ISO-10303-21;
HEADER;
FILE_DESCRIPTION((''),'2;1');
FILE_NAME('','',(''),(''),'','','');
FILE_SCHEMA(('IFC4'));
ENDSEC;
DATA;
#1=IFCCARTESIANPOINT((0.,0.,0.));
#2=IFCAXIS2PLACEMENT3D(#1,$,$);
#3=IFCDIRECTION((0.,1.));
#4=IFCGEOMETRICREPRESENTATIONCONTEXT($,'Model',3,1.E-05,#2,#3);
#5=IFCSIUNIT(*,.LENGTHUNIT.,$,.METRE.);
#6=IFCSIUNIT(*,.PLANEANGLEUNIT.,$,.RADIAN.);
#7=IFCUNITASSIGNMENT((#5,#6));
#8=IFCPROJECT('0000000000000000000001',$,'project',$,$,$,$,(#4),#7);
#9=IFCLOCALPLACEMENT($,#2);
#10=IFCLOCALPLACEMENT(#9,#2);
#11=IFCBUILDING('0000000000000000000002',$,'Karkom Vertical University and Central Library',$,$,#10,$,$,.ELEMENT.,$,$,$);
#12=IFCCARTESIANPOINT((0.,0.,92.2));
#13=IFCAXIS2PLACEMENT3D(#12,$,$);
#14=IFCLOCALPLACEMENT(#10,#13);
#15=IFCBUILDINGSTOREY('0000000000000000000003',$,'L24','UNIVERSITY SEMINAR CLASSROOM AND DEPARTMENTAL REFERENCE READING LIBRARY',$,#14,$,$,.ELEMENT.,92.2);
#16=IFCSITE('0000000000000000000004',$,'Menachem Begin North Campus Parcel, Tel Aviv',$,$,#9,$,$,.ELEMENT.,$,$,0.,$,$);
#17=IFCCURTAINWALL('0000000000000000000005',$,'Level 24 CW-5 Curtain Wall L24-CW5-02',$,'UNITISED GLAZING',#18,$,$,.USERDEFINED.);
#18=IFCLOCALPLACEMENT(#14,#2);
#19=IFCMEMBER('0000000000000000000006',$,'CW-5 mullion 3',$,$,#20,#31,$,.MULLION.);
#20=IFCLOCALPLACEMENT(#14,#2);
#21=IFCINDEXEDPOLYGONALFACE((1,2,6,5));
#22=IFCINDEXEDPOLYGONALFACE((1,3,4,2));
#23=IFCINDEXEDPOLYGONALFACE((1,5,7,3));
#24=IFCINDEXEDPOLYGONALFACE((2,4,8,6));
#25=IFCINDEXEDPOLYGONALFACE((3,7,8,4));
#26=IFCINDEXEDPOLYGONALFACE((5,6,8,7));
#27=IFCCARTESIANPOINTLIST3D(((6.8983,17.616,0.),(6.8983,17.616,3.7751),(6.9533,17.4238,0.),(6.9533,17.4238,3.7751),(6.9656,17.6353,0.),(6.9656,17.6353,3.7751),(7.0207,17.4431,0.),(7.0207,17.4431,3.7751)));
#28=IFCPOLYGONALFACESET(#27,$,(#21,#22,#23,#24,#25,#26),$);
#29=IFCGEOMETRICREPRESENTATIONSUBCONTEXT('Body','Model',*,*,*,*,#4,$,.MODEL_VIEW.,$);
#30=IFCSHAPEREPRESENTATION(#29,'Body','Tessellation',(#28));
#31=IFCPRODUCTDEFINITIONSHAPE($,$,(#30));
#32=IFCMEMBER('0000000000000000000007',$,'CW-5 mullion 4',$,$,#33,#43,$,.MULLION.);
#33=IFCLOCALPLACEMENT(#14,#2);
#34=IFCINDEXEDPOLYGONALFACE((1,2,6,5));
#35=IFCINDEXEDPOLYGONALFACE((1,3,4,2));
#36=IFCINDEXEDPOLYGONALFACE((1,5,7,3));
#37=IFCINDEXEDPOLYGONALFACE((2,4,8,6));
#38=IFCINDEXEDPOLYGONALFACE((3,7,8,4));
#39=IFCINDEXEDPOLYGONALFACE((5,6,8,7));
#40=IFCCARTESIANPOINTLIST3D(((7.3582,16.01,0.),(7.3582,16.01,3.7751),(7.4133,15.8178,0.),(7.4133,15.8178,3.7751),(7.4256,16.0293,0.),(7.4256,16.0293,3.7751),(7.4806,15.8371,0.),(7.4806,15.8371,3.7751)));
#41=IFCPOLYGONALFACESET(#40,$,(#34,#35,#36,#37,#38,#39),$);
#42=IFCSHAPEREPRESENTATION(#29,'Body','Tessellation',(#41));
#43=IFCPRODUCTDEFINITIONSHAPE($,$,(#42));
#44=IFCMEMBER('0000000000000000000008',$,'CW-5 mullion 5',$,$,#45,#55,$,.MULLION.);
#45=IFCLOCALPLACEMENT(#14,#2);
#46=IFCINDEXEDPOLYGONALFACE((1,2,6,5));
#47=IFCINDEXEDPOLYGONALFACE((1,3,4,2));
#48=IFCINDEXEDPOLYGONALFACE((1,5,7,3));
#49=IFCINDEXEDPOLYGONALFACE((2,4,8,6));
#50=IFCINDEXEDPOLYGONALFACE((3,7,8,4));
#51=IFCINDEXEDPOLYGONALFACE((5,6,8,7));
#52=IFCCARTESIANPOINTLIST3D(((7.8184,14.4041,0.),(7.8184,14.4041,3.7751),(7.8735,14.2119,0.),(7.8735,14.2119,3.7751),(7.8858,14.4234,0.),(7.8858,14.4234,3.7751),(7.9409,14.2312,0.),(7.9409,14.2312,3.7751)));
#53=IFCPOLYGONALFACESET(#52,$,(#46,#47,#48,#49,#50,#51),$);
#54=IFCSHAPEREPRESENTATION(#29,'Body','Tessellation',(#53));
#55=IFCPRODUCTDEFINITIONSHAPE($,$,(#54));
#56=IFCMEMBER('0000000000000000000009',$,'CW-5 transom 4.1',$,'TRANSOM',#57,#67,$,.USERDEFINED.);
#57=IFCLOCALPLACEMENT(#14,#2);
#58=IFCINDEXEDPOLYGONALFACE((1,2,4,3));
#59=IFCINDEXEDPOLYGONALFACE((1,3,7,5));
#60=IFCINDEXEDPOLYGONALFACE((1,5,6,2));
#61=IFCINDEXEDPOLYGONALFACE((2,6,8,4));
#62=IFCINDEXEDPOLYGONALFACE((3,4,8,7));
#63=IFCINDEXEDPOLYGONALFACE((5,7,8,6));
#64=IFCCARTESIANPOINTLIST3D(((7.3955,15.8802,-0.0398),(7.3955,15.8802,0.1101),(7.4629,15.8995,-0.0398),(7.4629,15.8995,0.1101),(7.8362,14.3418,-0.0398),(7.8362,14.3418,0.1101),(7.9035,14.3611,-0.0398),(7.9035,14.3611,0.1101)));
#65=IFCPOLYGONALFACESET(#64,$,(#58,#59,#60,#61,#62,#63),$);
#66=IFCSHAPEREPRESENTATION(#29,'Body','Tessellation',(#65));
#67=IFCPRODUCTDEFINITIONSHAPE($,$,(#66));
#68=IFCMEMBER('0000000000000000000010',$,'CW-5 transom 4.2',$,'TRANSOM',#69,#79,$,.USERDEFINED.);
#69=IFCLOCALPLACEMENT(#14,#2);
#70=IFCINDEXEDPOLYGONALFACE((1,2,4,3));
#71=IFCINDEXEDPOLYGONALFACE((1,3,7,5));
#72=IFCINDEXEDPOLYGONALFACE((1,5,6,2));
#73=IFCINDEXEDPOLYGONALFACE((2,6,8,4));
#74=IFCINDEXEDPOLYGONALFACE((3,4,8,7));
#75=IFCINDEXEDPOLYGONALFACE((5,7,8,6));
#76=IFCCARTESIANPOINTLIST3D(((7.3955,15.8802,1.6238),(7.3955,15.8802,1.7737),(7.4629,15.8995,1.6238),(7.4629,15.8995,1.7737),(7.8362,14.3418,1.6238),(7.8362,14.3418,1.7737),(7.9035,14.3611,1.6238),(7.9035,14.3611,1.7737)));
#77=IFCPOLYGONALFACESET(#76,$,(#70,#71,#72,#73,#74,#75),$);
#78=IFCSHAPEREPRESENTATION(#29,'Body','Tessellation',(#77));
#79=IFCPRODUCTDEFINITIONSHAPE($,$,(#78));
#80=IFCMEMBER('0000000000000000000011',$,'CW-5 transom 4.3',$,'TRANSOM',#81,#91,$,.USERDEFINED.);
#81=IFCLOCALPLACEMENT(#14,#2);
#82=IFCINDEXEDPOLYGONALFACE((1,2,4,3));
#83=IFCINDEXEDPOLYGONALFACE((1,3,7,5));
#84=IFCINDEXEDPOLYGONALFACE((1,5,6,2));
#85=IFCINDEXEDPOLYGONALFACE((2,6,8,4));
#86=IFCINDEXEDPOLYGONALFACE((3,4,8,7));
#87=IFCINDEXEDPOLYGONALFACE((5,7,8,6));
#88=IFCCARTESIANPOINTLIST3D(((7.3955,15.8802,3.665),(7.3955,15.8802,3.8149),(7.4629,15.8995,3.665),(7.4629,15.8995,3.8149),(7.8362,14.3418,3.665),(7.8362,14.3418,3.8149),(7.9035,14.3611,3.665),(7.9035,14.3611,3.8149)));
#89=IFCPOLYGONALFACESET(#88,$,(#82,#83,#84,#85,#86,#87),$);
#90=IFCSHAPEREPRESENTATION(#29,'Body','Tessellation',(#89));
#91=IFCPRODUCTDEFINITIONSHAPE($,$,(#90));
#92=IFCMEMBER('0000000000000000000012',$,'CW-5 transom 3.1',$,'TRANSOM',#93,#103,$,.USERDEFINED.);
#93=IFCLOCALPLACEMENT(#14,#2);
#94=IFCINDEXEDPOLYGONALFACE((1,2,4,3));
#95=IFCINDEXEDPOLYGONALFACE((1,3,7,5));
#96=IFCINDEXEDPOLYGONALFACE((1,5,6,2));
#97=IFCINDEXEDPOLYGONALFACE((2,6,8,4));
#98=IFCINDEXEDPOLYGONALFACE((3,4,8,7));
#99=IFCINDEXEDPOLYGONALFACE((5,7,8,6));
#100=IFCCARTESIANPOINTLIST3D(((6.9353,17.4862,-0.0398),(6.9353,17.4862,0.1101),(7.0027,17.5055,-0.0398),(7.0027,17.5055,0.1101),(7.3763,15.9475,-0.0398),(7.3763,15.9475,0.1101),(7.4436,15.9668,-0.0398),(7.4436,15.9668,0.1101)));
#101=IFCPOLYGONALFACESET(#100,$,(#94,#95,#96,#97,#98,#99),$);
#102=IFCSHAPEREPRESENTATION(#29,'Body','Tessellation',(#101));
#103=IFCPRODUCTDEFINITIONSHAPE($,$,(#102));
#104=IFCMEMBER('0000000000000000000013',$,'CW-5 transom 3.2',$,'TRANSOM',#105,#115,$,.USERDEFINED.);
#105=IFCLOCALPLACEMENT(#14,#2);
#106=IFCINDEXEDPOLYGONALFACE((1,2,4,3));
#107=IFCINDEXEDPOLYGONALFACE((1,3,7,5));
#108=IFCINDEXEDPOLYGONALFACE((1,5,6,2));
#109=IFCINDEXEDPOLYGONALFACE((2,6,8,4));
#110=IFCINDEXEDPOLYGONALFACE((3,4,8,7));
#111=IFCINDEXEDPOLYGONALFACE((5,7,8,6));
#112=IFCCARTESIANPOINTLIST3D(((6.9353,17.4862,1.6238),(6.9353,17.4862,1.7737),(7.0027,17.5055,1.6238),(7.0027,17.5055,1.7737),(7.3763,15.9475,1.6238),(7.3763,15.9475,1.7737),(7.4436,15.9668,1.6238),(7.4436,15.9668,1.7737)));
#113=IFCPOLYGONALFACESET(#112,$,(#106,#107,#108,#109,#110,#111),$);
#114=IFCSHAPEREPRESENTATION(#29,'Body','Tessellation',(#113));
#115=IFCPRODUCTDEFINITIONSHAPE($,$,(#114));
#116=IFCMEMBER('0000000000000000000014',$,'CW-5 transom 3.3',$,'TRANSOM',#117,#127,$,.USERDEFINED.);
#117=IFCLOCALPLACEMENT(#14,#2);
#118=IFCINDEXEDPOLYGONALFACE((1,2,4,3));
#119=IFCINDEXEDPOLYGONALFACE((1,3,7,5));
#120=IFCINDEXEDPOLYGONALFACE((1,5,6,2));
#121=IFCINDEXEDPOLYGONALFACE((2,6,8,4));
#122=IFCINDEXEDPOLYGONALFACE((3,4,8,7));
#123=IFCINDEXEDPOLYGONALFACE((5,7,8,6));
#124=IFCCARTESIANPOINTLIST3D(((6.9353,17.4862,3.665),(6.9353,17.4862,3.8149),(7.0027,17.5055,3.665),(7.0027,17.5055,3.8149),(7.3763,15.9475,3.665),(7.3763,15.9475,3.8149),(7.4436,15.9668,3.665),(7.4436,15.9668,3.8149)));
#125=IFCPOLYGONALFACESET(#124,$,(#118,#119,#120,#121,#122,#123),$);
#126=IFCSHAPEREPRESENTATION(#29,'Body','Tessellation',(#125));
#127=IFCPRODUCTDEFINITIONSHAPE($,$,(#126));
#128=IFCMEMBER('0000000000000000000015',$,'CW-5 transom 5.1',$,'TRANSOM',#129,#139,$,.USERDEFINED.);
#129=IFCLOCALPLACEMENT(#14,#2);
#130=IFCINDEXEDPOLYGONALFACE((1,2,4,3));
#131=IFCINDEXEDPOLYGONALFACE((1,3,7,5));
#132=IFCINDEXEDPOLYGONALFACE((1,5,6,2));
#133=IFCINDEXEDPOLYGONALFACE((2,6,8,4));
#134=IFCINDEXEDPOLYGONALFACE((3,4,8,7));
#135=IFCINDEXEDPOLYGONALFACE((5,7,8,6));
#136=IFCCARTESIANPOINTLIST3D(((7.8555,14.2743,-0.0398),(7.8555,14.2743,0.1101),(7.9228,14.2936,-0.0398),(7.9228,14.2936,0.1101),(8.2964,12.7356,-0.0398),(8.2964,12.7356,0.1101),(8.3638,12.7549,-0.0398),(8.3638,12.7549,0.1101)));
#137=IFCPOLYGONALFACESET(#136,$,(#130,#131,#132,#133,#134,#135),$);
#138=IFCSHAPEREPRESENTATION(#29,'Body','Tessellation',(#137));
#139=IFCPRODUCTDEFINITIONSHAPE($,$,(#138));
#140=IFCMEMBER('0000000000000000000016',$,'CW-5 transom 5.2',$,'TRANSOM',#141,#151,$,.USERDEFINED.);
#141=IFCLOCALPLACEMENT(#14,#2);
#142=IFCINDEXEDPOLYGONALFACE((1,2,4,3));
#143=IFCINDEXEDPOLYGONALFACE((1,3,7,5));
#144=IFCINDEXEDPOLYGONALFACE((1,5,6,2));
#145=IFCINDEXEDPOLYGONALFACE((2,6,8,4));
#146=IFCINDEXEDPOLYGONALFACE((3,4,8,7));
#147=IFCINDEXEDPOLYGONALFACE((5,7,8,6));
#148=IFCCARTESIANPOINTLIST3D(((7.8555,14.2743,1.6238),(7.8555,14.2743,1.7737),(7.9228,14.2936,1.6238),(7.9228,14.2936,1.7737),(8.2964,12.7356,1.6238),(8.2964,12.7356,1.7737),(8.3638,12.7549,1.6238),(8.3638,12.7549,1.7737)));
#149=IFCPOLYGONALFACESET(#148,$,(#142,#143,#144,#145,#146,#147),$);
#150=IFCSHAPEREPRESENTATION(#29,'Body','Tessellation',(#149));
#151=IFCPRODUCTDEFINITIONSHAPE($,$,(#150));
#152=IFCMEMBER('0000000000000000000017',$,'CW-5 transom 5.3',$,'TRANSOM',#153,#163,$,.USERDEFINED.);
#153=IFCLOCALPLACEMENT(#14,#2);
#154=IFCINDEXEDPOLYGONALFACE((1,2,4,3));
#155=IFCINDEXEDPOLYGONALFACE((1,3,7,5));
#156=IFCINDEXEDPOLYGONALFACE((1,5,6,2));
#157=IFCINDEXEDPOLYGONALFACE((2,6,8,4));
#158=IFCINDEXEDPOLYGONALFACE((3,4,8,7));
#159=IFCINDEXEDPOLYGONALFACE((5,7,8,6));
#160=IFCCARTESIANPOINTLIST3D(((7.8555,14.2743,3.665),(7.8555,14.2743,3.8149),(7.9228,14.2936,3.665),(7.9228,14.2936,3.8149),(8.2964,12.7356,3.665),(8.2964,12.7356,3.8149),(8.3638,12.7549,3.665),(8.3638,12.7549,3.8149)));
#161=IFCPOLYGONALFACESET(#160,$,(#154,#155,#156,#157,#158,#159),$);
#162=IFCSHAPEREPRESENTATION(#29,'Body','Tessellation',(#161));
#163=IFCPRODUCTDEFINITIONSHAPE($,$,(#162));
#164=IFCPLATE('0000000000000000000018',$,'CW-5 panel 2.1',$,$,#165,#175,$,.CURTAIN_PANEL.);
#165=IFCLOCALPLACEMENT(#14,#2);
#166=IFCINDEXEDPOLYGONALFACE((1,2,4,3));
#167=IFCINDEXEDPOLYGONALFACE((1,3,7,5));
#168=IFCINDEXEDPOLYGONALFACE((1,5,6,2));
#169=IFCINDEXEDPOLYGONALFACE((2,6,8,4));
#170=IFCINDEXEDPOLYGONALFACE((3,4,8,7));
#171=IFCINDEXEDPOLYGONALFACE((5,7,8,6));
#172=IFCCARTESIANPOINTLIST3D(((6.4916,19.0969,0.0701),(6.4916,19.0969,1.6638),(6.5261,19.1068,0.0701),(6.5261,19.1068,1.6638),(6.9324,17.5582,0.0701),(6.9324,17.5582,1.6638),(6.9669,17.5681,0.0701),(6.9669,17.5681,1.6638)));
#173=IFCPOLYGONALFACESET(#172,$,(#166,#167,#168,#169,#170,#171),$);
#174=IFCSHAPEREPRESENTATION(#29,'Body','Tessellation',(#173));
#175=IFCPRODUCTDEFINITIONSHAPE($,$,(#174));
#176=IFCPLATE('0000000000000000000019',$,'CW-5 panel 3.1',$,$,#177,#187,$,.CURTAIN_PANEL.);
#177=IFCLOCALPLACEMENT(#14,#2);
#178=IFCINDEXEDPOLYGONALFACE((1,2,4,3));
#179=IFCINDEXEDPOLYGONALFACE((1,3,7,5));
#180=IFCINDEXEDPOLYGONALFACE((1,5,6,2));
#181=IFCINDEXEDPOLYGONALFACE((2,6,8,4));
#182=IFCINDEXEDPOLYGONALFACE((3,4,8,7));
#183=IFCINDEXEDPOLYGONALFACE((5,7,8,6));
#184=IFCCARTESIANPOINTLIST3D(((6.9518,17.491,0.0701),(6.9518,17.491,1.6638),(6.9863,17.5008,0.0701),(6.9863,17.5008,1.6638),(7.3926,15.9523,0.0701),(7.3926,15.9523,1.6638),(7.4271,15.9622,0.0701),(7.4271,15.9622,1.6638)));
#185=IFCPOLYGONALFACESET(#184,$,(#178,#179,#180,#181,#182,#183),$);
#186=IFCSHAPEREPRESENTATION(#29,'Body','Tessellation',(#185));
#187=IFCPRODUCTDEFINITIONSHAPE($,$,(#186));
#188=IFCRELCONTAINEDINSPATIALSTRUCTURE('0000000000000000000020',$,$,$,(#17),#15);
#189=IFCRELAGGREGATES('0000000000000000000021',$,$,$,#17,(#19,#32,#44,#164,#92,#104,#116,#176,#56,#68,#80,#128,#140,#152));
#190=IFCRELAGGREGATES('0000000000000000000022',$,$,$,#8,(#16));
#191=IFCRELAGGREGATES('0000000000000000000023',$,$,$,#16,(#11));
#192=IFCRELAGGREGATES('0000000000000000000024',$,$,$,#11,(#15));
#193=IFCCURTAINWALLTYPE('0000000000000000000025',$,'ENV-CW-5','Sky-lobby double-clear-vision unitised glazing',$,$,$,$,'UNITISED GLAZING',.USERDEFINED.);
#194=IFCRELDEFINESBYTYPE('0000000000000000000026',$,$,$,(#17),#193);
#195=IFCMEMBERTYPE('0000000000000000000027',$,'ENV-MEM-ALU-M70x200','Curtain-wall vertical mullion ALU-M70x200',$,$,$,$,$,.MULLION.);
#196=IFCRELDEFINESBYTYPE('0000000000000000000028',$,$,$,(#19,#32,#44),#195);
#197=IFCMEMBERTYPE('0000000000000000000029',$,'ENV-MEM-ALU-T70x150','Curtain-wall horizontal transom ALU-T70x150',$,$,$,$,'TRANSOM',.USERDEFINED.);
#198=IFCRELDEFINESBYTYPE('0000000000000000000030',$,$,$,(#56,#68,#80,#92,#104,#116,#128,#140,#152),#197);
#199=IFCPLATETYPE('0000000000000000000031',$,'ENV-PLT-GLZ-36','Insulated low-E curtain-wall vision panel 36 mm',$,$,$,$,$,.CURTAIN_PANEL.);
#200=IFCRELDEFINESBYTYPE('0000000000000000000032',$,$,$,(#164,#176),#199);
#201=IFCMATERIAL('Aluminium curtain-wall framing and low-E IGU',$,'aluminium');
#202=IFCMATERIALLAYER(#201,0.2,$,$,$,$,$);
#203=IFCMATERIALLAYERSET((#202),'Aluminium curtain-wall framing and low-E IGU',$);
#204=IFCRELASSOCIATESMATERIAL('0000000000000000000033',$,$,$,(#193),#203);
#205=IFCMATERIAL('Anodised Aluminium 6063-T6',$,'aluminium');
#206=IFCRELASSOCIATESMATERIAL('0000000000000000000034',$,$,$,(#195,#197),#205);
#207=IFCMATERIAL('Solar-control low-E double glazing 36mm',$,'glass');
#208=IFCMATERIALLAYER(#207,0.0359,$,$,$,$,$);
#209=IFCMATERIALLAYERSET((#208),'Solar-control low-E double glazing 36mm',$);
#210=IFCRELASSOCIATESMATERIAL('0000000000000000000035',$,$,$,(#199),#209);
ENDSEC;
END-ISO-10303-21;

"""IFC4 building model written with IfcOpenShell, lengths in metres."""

from ifc_helpers import new_model, si_unit, direction, frame, origin, origin_with_axes, origin_2d, place, context, subcontext, project, spatial, rectangle, extrude, source, transform, mapped, material, layer, layer_set, material_profile, profile_set, type_object, element, aggregate, save


model = new_model("IFC4")

# Units and contexts
model_context = context("Model", 3, precision=1e-05, world=origin(), true_north=direction((0.0, 1.0)))
body_context = subcontext(model_context, "Body", "Model", "MODEL_VIEW")
ifc_project = project(units=[si_unit("LENGTHUNIT", "METRE"), si_unit("PLANEANGLEUNIT", "RADIAN")], contexts=[model_context])

# Site, building, storey
site_placement = place(None, origin())
site = spatial("IfcSite", under=ifc_project, at=site_placement, Name="Menachem Begin North Campus Parcel, Tel Aviv", CompositionType="ELEMENT", RefElevation=0.0)
building_placement = place(site_placement, origin())
building = spatial("IfcBuilding", under=site, at=building_placement, Name="Karkom Vertical University and Central Library", CompositionType="ELEMENT")
storey_placement = place(building_placement, frame((0.0, 0.0, 92.2)))
storey = spatial("IfcBuildingStorey", under=building, at=storey_placement, Name="L24", Description="UNIVERSITY SEMINAR CLASSROOM AND DEPARTMENTAL REFERENCE READING LIBRARY", CompositionType="ELEMENT", Elevation=92.2)

# Curtain wall, members, plates
ifc_material_1 = material(Name="Aluminium curtain-wall framing and low-E IGU", Category="aluminium")
ifc_layer_1 = layer(ifc_material_1, 0.2)
ifc_layer_set_1 = layer_set([ifc_layer_1], Name="Aluminium curtain-wall framing and low-E IGU")
curtain_wall_type = type_object("IfcCurtainWallType", Name="ENV-CW-5", Description="Sky-lobby double-clear-vision unitised glazing", ElementType="UNITISED GLAZING", PredefinedType="USERDEFINED", material=ifc_layer_set_1)
curtain_wall_placement = place(storey_placement, origin())
curtain_wall = element("IfcCurtainWall", 1, at=curtain_wall_placement, inside=storey, type_object=curtain_wall_type, Name="Level 24 CW-5 Curtain Wall L24-CW5-02", ObjectType="UNITISED GLAZING", PredefinedType="USERDEFINED")
ifc_material_2 = material(Name="Anodised Aluminium 6063-T6", Category="aluminium")
ifc_material_profile_1 = material_profile(ifc_material_2, rectangle(XDim=0.0701, YDim=0.2, at=origin_2d()), Name="ALU-M70x200")
ifc_profile_set_1 = profile_set([ifc_material_profile_1], Name="Anodised Aluminium 6063-T6")
member_type_1 = type_object("IfcMemberType", Name="ENV-MEM-ALU-M70x200", Description="Curtain-wall vertical mullion ALU-M70x200", PredefinedType="MULLION", material=ifc_profile_set_1)
shared_shape_1 = source(origin_with_axes(), body_context, "Body", "SweptSolid", [
    extrude(rectangle(XDim=0.0701, YDim=0.2, at=origin_2d()), origin(), (0.0, 0.0, 1.0), 3.7751),
])
member_1_placement = place(storey_placement, frame((6.9595, 17.5295, 0.0), z_axis=(0.0, 0.0, 1.0), x_axis=(0.961325, 0.275417, 0.0)))
member_1 = element("IfcMember", 2, at=member_1_placement, type_object=member_type_1, Name="CW-5 mullion 3", PredefinedType="MULLION", context=body_context, shape_type="MappedRepresentation", body=[
    mapped(shared_shape_1, transform((0.0, 0.0, 0.0), scale=1.0)),
])
member_2_placement = place(storey_placement, frame((7.4194, 15.9236, 0.0), z_axis=(0.0, 0.0, 1.0), x_axis=(0.961325, 0.275417, 0.0)))
member_2 = element("IfcMember", 3, at=member_2_placement, type_object=member_type_1, Name="CW-5 mullion 4", PredefinedType="MULLION", context=body_context, shape_type="MappedRepresentation", body=[
    mapped(shared_shape_1, transform((0.0, 0.0, 0.0), scale=1.0)),
])
member_3_placement = place(storey_placement, frame((7.8796, 14.3176, 0.0), z_axis=(0.0, 0.0, 1.0), x_axis=(0.961325, 0.275417, 0.0)))
member_3 = element("IfcMember", 4, at=member_3_placement, type_object=member_type_1, Name="CW-5 mullion 5", PredefinedType="MULLION", context=body_context, shape_type="MappedRepresentation", body=[
    mapped(shared_shape_1, transform((0.0, 0.0, 0.0), scale=1.0)),
])
ifc_material_profile_2 = material_profile(ifc_material_2, rectangle(XDim=0.0701, YDim=0.1499, at=origin_2d()), Name="ALU-T70x150")
ifc_profile_set_2 = profile_set([ifc_material_profile_2], Name="Anodised Aluminium 6063-T6")
member_type_2 = type_object("IfcMemberType", Name="ENV-MEM-ALU-T70x150", Description="Curtain-wall horizontal transom ALU-T70x150", ElementType="TRANSOM", PredefinedType="USERDEFINED", material=ifc_profile_set_2)
shared_shape_2 = source(origin_with_axes(), body_context, "Body", "SweptSolid", [
    extrude(rectangle(XDim=0.0701, YDim=0.1499, at=origin_2d()), origin(), (0.0, 0.0, 1.0), 1.6003),
])
member_4_placement = place(storey_placement, frame((7.4292, 15.8899, 0.0352), z_axis=(0.275346, -0.961345, 0.0), x_axis=(0.961345, 0.275346, 0.0)))
member_4 = element("IfcMember", 5, at=member_4_placement, type_object=member_type_2, Name="CW-5 transom 4.1", ObjectType="TRANSOM", PredefinedType="USERDEFINED", context=body_context, shape_type="MappedRepresentation", body=[
    mapped(shared_shape_2, transform((0.0, 0.0, 0.0), scale=1.0)),
])
member_5_placement = place(storey_placement, frame((7.4292, 15.8899, 1.6987), z_axis=(0.275346, -0.961345, 0.0), x_axis=(0.961345, 0.275346, 0.0)))
member_5 = element("IfcMember", 6, at=member_5_placement, type_object=member_type_2, Name="CW-5 transom 4.2", ObjectType="TRANSOM", PredefinedType="USERDEFINED", context=body_context, shape_type="MappedRepresentation", body=[
    mapped(shared_shape_2, transform((0.0, 0.0, 0.0), scale=1.0)),
])
member_6_placement = place(storey_placement, frame((7.4292, 15.8899, 3.74), z_axis=(0.275346, -0.961345, 0.0), x_axis=(0.961345, 0.275346, 0.0)))
member_6 = element("IfcMember", 7, at=member_6_placement, type_object=member_type_2, Name="CW-5 transom 4.3", ObjectType="TRANSOM", PredefinedType="USERDEFINED", context=body_context, shape_type="MappedRepresentation", body=[
    mapped(shared_shape_2, transform((0.0, 0.0, 0.0), scale=1.0)),
])
shared_shape_3 = source(origin_with_axes(), body_context, "Body", "SweptSolid", [
    extrude(rectangle(XDim=0.0701, YDim=0.1499, at=origin_2d()), origin(), (0.0, 0.0, 1.0), 1.6006),
])
member_7_placement = place(storey_placement, frame((6.969, 17.4958, 0.0352), z_axis=(0.275487, -0.961305, 0.0), x_axis=(0.961305, 0.275487, 0.0)))
member_7 = element("IfcMember", 8, at=member_7_placement, type_object=member_type_2, Name="CW-5 transom 3.1", ObjectType="TRANSOM", PredefinedType="USERDEFINED", context=body_context, shape_type="MappedRepresentation", body=[
    mapped(shared_shape_3, transform((0.0, 0.0, 0.0), scale=1.0)),
])
member_8_placement = place(storey_placement, frame((6.969, 17.4958, 1.6987), z_axis=(0.275487, -0.961305, 0.0), x_axis=(0.961305, 0.275487, 0.0)))
member_8 = element("IfcMember", 9, at=member_8_placement, type_object=member_type_2, Name="CW-5 transom 3.2", ObjectType="TRANSOM", PredefinedType="USERDEFINED", context=body_context, shape_type="MappedRepresentation", body=[
    mapped(shared_shape_3, transform((0.0, 0.0, 0.0), scale=1.0)),
])
member_9_placement = place(storey_placement, frame((6.969, 17.4958, 3.74), z_axis=(0.275487, -0.961305, 0.0), x_axis=(0.961305, 0.275487, 0.0)))
member_9 = element("IfcMember", 10, at=member_9_placement, type_object=member_type_2, Name="CW-5 transom 3.3", ObjectType="TRANSOM", PredefinedType="USERDEFINED", context=body_context, shape_type="MappedRepresentation", body=[
    mapped(shared_shape_3, transform((0.0, 0.0, 0.0), scale=1.0)),
])
member_10_placement = place(storey_placement, frame((7.8892, 14.2839, 0.0352), z_axis=(0.275487, -0.961305, 0.0), x_axis=(0.961305, 0.275487, 0.0)))
member_10 = element("IfcMember", 11, at=member_10_placement, type_object=member_type_2, Name="CW-5 transom 5.1", ObjectType="TRANSOM", PredefinedType="USERDEFINED", context=body_context, shape_type="MappedRepresentation", body=[
    mapped(shared_shape_3, transform((0.0, 0.0, 0.0), scale=1.0)),
])
member_11_placement = place(storey_placement, frame((7.8892, 14.2839, 1.6987), z_axis=(0.275487, -0.961305, 0.0), x_axis=(0.961305, 0.275487, 0.0)))
member_11 = element("IfcMember", 12, at=member_11_placement, type_object=member_type_2, Name="CW-5 transom 5.2", ObjectType="TRANSOM", PredefinedType="USERDEFINED", context=body_context, shape_type="MappedRepresentation", body=[
    mapped(shared_shape_3, transform((0.0, 0.0, 0.0), scale=1.0)),
])
member_12_placement = place(storey_placement, frame((7.8892, 14.2839, 3.74), z_axis=(0.275487, -0.961305, 0.0), x_axis=(0.961305, 0.275487, 0.0)))
member_12 = element("IfcMember", 13, at=member_12_placement, type_object=member_type_2, Name="CW-5 transom 5.3", ObjectType="TRANSOM", PredefinedType="USERDEFINED", context=body_context, shape_type="MappedRepresentation", body=[
    mapped(shared_shape_3, transform((0.0, 0.0, 0.0), scale=1.0)),
])
ifc_material_3 = material(Name="Solar-control low-E double glazing 36mm", Category="glass")
ifc_layer_2 = layer(ifc_material_3, 0.0359)
ifc_layer_set_2 = layer_set([ifc_layer_2], Name="Solar-control low-E double glazing 36mm")
plate_type = type_object("IfcPlateType", Name="ENV-PLT-GLZ-36", Description="Insulated low-E curtain-wall vision panel 36 mm", PredefinedType="CURTAIN_PANEL", material=ifc_layer_set_2)
shared_shape_4 = source(origin_with_axes(), body_context, "Body", "SweptSolid", [
    extrude(rectangle(XDim=1.6006, YDim=0.0359, at=origin_2d()), origin(), (0.0, 0.0, 1.0), 1.5938),
])
plate_1_placement = place(storey_placement, frame((6.7292, 18.3325, 0.0701), z_axis=(0.0, 0.0, 1.0), x_axis=(0.275417, -0.961325, 0.0)))
plate_1 = element("IfcPlate", 14, at=plate_1_placement, type_object=plate_type, Name="CW-5 panel 2.1", PredefinedType="CURTAIN_PANEL", context=body_context, shape_type="MappedRepresentation", body=[
    mapped(shared_shape_4, transform((0.0, 0.0, 0.0), scale=1.0)),
])
plate_2_placement = place(storey_placement, frame((7.1895, 16.7266, 0.0701), z_axis=(0.0, 0.0, 1.0), x_axis=(0.275417, -0.961325, 0.0)))
plate_2 = element("IfcPlate", 15, at=plate_2_placement, type_object=plate_type, Name="CW-5 panel 3.1", PredefinedType="CURTAIN_PANEL", context=body_context, shape_type="MappedRepresentation", body=[
    mapped(shared_shape_4, transform((0.0, 0.0, 0.0), scale=1.0)),
])
aggregate(curtain_wall, [member_1, member_2, member_3, plate_1, member_7, member_8, member_9, plate_2, member_4, member_5, member_6, member_10, member_11, member_12])

save(model, "model.ifc")
